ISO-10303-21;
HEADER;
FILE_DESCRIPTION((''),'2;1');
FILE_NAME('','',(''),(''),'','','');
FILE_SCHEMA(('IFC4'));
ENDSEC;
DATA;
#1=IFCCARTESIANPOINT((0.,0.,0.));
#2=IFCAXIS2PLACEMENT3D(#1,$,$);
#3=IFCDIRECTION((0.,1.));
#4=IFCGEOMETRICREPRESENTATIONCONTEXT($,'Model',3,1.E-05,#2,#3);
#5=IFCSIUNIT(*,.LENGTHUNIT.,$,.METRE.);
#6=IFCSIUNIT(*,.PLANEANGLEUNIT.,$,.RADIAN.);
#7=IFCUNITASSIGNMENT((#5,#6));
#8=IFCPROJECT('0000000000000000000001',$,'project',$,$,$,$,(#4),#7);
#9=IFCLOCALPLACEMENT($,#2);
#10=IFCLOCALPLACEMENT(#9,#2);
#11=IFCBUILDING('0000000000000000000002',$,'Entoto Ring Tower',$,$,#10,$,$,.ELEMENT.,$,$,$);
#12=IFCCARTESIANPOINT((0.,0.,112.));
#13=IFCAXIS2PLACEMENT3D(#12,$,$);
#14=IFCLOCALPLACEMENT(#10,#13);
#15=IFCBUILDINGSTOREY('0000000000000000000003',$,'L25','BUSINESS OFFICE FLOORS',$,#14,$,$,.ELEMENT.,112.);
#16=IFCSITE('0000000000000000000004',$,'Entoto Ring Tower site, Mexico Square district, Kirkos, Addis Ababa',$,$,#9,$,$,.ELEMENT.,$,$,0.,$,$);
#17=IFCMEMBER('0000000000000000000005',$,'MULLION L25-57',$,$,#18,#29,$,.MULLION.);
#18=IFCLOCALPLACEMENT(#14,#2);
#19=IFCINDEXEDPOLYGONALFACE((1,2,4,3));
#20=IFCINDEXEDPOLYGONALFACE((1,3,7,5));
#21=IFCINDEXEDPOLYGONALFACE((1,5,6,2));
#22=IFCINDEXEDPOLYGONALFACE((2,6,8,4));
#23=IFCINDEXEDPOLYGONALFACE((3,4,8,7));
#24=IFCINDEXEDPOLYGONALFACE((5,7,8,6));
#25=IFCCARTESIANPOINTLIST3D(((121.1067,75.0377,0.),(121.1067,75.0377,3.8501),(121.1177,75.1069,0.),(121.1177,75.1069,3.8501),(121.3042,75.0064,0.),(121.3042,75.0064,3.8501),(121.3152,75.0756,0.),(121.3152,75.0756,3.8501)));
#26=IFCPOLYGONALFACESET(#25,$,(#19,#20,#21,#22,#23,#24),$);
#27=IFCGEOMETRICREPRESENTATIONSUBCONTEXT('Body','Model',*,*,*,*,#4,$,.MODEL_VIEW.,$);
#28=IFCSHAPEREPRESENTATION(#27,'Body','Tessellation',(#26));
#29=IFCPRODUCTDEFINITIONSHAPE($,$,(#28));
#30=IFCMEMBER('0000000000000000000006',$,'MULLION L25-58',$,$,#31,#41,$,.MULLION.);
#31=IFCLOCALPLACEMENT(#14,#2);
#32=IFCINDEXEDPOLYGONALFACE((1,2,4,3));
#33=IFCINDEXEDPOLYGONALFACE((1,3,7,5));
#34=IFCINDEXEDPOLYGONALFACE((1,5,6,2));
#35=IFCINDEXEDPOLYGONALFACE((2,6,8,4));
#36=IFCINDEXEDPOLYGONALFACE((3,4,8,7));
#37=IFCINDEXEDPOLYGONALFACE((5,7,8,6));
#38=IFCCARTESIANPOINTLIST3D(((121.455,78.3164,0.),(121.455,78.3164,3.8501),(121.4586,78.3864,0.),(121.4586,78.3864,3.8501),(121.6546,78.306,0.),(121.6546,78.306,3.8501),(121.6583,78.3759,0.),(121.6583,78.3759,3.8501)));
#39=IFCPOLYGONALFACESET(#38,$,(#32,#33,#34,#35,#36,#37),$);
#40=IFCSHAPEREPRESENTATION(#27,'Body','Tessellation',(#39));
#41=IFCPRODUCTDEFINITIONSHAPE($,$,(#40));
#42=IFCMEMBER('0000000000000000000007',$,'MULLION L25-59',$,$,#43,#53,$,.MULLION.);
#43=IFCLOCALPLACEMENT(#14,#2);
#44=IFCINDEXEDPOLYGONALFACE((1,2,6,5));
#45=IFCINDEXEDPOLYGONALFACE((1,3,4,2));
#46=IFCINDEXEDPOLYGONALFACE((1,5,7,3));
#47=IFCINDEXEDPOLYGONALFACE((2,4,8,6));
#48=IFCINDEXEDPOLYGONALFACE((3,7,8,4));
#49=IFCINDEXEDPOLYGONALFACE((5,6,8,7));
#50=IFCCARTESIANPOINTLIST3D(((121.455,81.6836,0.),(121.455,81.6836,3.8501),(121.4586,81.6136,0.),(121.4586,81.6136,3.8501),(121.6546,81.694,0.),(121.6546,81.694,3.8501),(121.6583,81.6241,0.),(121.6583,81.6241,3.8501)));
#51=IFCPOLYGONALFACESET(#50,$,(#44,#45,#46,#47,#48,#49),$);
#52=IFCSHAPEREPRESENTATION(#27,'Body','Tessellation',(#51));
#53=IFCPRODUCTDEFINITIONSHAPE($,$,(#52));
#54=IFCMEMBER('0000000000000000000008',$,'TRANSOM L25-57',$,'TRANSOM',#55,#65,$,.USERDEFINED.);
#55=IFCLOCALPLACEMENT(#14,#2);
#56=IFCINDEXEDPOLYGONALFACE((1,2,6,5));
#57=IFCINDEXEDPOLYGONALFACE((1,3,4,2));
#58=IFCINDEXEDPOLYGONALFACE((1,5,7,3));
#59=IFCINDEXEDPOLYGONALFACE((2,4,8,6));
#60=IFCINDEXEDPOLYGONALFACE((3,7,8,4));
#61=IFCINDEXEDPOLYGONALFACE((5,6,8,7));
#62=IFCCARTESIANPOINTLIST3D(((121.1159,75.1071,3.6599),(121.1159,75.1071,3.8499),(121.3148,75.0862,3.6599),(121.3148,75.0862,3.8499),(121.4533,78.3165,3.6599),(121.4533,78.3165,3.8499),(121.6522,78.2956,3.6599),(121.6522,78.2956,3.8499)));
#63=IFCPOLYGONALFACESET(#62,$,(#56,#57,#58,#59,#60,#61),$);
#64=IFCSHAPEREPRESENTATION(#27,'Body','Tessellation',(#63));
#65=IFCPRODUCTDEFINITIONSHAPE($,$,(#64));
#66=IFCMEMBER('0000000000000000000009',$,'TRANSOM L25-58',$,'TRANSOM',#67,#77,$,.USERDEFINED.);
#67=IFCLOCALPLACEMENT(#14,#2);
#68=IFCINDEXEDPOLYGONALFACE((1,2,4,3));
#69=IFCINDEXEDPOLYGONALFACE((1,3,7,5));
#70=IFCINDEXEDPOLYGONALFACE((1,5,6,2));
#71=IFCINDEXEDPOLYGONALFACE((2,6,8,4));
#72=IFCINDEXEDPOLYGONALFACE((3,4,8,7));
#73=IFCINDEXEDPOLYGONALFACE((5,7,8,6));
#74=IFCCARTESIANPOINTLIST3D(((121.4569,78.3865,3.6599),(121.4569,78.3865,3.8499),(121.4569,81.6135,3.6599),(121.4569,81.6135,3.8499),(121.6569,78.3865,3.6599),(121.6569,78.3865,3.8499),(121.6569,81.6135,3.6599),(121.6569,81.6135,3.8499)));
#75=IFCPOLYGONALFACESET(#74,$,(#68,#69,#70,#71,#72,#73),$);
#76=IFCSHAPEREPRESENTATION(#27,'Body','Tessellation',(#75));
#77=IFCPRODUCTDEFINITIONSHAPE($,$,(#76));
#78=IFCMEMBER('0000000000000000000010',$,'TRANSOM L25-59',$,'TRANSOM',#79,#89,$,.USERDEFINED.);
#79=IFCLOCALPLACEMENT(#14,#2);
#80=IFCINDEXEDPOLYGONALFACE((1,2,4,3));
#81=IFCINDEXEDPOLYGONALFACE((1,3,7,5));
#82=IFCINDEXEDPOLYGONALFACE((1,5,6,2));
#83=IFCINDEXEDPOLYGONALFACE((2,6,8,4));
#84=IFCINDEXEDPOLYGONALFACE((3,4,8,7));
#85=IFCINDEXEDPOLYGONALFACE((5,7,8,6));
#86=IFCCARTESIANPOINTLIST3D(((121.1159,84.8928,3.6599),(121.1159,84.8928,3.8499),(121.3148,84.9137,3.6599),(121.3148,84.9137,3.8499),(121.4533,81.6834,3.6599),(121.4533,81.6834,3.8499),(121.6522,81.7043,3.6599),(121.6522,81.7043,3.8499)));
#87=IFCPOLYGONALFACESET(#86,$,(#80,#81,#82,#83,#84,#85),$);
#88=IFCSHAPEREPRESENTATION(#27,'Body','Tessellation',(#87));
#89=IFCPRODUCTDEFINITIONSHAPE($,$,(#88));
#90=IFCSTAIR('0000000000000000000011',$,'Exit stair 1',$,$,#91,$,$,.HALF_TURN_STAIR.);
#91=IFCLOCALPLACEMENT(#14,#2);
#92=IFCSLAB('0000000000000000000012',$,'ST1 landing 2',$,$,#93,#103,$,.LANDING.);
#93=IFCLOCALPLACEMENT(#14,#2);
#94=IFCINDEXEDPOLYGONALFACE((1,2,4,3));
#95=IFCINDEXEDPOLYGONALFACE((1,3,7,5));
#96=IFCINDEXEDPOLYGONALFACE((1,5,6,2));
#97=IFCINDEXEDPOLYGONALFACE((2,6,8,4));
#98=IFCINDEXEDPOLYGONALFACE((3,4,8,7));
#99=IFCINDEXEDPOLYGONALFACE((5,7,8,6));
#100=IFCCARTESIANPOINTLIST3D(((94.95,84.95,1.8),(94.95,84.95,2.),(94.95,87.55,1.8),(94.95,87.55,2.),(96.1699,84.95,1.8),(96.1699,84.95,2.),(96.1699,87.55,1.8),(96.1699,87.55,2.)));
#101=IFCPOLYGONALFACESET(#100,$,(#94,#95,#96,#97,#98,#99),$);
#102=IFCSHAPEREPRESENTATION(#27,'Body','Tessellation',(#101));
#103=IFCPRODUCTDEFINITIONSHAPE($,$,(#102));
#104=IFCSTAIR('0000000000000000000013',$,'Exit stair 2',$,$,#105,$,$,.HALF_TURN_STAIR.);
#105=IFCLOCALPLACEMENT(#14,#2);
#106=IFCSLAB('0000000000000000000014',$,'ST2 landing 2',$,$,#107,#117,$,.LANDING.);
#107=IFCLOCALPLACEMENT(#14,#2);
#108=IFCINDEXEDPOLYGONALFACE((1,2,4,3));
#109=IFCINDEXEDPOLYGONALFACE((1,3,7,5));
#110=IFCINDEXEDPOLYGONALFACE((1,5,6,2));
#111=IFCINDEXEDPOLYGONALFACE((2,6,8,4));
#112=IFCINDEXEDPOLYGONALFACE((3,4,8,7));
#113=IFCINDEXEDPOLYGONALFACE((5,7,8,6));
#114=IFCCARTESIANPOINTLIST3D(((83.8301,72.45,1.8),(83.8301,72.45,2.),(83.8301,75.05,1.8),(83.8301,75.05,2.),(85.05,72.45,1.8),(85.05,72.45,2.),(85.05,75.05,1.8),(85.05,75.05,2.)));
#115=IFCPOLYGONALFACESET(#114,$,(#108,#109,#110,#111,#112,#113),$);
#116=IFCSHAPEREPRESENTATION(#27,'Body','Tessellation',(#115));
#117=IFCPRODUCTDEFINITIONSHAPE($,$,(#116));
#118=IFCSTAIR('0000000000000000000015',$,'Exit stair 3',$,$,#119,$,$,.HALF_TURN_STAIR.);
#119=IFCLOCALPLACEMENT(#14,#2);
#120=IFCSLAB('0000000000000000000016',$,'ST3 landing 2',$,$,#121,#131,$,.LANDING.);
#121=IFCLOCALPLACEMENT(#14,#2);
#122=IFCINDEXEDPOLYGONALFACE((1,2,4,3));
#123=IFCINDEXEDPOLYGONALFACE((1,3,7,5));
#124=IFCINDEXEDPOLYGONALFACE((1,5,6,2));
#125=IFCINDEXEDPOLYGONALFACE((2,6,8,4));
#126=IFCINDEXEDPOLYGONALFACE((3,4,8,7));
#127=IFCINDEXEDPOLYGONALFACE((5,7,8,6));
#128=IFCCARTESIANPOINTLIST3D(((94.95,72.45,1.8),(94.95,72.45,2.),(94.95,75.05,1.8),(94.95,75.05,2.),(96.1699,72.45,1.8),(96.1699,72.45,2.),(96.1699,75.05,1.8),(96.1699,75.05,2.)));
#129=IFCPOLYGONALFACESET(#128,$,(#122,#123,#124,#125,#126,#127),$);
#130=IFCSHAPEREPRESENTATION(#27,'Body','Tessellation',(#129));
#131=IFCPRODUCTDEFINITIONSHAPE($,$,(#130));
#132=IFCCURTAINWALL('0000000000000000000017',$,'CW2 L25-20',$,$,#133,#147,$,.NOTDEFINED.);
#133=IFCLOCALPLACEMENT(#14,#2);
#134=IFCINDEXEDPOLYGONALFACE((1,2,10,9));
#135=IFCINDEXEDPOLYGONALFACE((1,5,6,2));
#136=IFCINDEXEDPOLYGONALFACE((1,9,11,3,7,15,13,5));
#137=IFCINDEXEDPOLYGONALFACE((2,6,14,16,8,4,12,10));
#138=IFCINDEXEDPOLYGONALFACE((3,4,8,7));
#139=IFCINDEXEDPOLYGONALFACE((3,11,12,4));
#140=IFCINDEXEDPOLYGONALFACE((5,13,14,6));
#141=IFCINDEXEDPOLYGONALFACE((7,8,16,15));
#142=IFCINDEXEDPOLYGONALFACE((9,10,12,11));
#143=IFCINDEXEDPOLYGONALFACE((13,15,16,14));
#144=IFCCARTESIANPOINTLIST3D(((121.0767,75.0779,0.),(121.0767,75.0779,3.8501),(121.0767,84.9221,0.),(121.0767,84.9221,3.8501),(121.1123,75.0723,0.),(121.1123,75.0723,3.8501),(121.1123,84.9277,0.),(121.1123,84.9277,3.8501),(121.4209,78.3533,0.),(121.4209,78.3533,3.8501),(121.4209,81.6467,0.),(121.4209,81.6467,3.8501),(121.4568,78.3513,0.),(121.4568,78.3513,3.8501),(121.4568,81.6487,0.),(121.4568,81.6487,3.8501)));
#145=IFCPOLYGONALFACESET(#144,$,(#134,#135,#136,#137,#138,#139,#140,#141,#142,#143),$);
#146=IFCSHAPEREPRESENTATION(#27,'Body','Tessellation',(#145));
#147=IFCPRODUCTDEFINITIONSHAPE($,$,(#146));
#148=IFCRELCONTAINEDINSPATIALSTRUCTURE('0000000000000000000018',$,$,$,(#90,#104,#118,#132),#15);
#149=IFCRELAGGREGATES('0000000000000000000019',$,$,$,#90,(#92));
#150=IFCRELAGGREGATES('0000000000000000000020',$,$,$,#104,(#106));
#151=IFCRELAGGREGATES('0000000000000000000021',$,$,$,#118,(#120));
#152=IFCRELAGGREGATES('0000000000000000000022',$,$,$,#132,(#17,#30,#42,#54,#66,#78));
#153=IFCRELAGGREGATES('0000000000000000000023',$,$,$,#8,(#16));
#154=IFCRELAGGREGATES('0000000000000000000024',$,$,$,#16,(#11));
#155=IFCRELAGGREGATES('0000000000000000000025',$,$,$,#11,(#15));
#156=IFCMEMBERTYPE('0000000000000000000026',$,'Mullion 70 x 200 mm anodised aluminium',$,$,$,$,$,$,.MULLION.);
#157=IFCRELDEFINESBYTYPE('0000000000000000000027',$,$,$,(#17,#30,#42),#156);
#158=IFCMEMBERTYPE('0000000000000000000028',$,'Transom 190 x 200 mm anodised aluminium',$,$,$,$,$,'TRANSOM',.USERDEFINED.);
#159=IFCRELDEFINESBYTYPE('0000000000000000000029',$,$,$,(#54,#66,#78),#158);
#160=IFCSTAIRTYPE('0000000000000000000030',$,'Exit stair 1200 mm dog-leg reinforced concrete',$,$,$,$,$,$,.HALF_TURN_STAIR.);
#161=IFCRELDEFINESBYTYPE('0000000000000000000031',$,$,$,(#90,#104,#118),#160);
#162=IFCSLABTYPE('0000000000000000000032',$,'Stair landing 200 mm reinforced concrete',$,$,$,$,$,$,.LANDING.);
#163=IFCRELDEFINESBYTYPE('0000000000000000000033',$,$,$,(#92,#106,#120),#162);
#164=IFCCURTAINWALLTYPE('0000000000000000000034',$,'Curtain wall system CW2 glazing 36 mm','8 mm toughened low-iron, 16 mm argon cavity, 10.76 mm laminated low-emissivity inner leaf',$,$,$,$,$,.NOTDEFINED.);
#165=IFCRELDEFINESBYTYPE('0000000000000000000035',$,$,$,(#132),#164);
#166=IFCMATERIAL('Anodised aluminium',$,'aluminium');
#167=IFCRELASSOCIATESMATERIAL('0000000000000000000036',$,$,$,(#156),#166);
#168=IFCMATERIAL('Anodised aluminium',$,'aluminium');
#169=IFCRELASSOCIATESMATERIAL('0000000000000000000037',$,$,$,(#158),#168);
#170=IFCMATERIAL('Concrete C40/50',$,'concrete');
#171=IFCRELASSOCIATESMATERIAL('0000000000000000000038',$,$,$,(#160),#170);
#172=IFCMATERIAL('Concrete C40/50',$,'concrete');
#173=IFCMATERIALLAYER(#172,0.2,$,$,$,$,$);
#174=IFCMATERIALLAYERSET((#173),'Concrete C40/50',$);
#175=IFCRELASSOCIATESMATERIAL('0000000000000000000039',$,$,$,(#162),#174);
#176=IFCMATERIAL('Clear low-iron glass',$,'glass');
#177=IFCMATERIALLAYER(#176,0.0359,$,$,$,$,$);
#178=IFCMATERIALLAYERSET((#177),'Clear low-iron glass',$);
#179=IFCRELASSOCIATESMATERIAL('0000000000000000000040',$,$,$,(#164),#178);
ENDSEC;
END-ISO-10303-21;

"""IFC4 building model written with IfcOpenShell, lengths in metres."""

from ifc_helpers import new_model, si_unit, direction, frame, origin, origin_2d, place, context, subcontext, project, spatial, polyline, rectangle, outline, extrude, material, layer, layer_set, material_profile, profile_set, type_object, element, aggregate, save


model = new_model("IFC4")

# Units and contexts
model_context = context("Model", 3, precision=1e-05, world=origin(), true_north=direction((0.0, 1.0)))
body_context = subcontext(model_context, "Body", "Model", "MODEL_VIEW")
ifc_project = project(units=[si_unit("LENGTHUNIT", "METRE"), si_unit("PLANEANGLEUNIT", "RADIAN")], contexts=[model_context])

# Members
ifc_material_1 = material(Name="Anodised aluminium", Category="aluminium")
ifc_material_profile_1 = material_profile(ifc_material_1, rectangle(XDim=0.0701, YDim=0.2, at=origin_2d()), Name="Mullion 70 x 200 mm anodised aluminium")
ifc_profile_set_1 = profile_set([ifc_material_profile_1], Name="Anodised aluminium")
member_type_1 = type_object("IfcMemberType", Name="Mullion 70 x 200 mm anodised aluminium", PredefinedType="MULLION", material=ifc_profile_set_1)
site_placement = place(None, origin())
building_placement = place(site_placement, origin())
storey_placement = place(building_placement, frame((0.0, 0.0, 112.0)))
member_1_placement = place(storey_placement, frame((121.2109, 75.0566, 0.0), z_axis=(0.0, 0.0, 1.0), x_axis=(0.156434, 0.987688, 0.0)))
member_1 = element("IfcMember", 1, at=member_1_placement, type_object=member_type_1, Name="MULLION L25-57", PredefinedType="MULLION", context=body_context, shape_type="SweptSolid", body=[
    extrude(rectangle(XDim=0.0701, YDim=0.2, at=origin_2d()), origin(), (0.0, 0.0, 1.0), 3.8501),
])
member_2_placement = place(storey_placement, frame((121.5566, 78.3462, 0.0), z_axis=(0.0, 0.0, 1.0), x_axis=(0.052336, 0.99863, 0.0)))
member_2 = element("IfcMember", 2, at=member_2_placement, type_object=member_type_1, Name="MULLION L25-58", PredefinedType="MULLION", context=body_context, shape_type="SweptSolid", body=[
    extrude(rectangle(XDim=0.0701, YDim=0.2, at=origin_2d()), origin(), (0.0, 0.0, 1.0), 3.8501),
])
member_3_placement = place(storey_placement, frame((121.5566, 81.6538, 0.0), z_axis=(0.0, 0.0, 1.0), x_axis=(-0.052336, 0.99863, 0.0)))
member_3 = element("IfcMember", 3, at=member_3_placement, type_object=member_type_1, Name="MULLION L25-59", PredefinedType="MULLION", context=body_context, shape_type="SweptSolid", body=[
    extrude(rectangle(XDim=0.0701, YDim=0.2, at=origin_2d()), origin(), (0.0, 0.0, 1.0), 3.8501),
])
ifc_material_2 = material(Name="Anodised aluminium", Category="aluminium")
ifc_material_profile_2 = material_profile(ifc_material_2, rectangle(XDim=0.2, YDim=0.1899, at=origin_2d()), Name="Transom 190 x 200 mm anodised aluminium")
ifc_profile_set_2 = profile_set([ifc_material_profile_2], Name="Anodised aluminium")
member_type_2 = type_object("IfcMemberType", Name="Transom 190 x 200 mm anodised aluminium", ElementType="TRANSOM", PredefinedType="USERDEFINED", material=ifc_profile_set_2)
member_4_placement = place(storey_placement, frame((121.2153, 75.0967, 3.7549), z_axis=(0.104551, 0.99452, 0.0), x_axis=(-0.99452, 0.104551, 0.0)))
member_4 = element("IfcMember", 4, at=member_4_placement, type_object=member_type_2, Name="TRANSOM L25-57", ObjectType="TRANSOM", PredefinedType="USERDEFINED", context=body_context, shape_type="SweptSolid", body=[
    extrude(rectangle(XDim=0.2, YDim=0.1899, at=origin_2d()), origin(), (0.0, 0.0, 1.0), 3.2271),
])
member_5_placement = place(storey_placement, frame((121.5569, 78.3865, 3.7549), z_axis=(0.0, 1.0, 0.0), x_axis=(-1.0, 0.0, 0.0)))
member_5 = element("IfcMember", 5, at=member_5_placement, type_object=member_type_2, Name="TRANSOM L25-58", ObjectType="TRANSOM", PredefinedType="USERDEFINED", context=body_context, shape_type="SweptSolid", body=[
    extrude(rectangle(XDim=0.2, YDim=0.1899, at=origin_2d()), origin(), (0.0, 0.0, 1.0), 3.2271),
])
member_6_placement = place(storey_placement, frame((121.5527, 81.6938, 3.7549), z_axis=(-0.104551, 0.99452, 0.0), x_axis=(-0.99452, -0.104551, 0.0)))
member_6 = element("IfcMember", 6, at=member_6_placement, type_object=member_type_2, Name="TRANSOM L25-59", ObjectType="TRANSOM", PredefinedType="USERDEFINED", context=body_context, shape_type="SweptSolid", body=[
    extrude(rectangle(XDim=0.2, YDim=0.1899, at=origin_2d()), origin(), (0.0, 0.0, 1.0), 3.2271),
])

# Site, building, storey
site = spatial("IfcSite", under=ifc_project, at=site_placement, Name="Entoto Ring Tower site, Mexico Square district, Kirkos, Addis Ababa", CompositionType="ELEMENT", RefElevation=0.0)
building = spatial("IfcBuilding", under=site, at=building_placement, Name="Entoto Ring Tower", CompositionType="ELEMENT")
storey = spatial("IfcBuildingStorey", under=building, at=storey_placement, Name="L25", Description="BUSINESS OFFICE FLOORS", CompositionType="ELEMENT", Elevation=112.0)

# Stairs, slabs
ifc_material_3 = material(Name="Concrete C40/50", Category="concrete")
stair_type = type_object("IfcStairType", Name="Exit stair 1200 mm dog-leg reinforced concrete", PredefinedType="HALF_TURN_STAIR", material=ifc_material_3)
stair_1_placement = place(storey_placement, origin())
stair_1 = element("IfcStair", 7, at=stair_1_placement, inside=storey, type_object=stair_type, Name="Exit stair 1", PredefinedType="HALF_TURN_STAIR")
ifc_material_4 = material(Name="Concrete C40/50", Category="concrete")
ifc_layer_1 = layer(ifc_material_4, 0.2)
ifc_layer_set_1 = layer_set([ifc_layer_1], Name="Concrete C40/50")
slab_type = type_object("IfcSlabType", Name="Stair landing 200 mm reinforced concrete", PredefinedType="LANDING", material=ifc_layer_set_1)
slab_1_placement = place(storey_placement, frame((0.0, 0.0, 1.8)))
slab_1 = element("IfcSlab", 8, at=slab_1_placement, type_object=slab_type, Name="ST1 landing 2", PredefinedType="LANDING", context=body_context, shape_type="SweptSolid", body=[
    extrude(outline(polyline([(94.95, 84.95), (96.1699, 84.95), (96.1699, 87.55), (94.95, 87.55), (94.95, 84.95)])), origin(), (0.0, 0.0, 1.0), 0.2),
])
aggregate(stair_1, [slab_1])
stair_2_placement = place(storey_placement, origin())
stair_2 = element("IfcStair", 9, at=stair_2_placement, inside=storey, type_object=stair_type, Name="Exit stair 2", PredefinedType="HALF_TURN_STAIR")
slab_2_placement = place(storey_placement, frame((0.0, 0.0, 1.8)))
slab_2 = element("IfcSlab", 10, at=slab_2_placement, type_object=slab_type, Name="ST2 landing 2", PredefinedType="LANDING", context=body_context, shape_type="SweptSolid", body=[
    extrude(outline(polyline([(83.8301, 72.45), (85.05, 72.45), (85.05, 75.05), (83.8301, 75.05), (83.8301, 72.45)])), origin(), (0.0, 0.0, 1.0), 0.2),
])
aggregate(stair_2, [slab_2])
stair_3_placement = place(storey_placement, origin())
stair_3 = element("IfcStair", 11, at=stair_3_placement, inside=storey, type_object=stair_type, Name="Exit stair 3", PredefinedType="HALF_TURN_STAIR")
slab_3_placement = place(storey_placement, frame((0.0, 0.0, 1.8)))
slab_3 = element("IfcSlab", 12, at=slab_3_placement, type_object=slab_type, Name="ST3 landing 2", PredefinedType="LANDING", context=body_context, shape_type="SweptSolid", body=[
    extrude(outline(polyline([(94.95, 72.45), (96.1699, 72.45), (96.1699, 75.05), (94.95, 75.05), (94.95, 72.45)])), origin(), (0.0, 0.0, 1.0), 0.2),
])
aggregate(stair_3, [slab_3])

# Curtain wall
ifc_material_5 = material(Name="Clear low-iron glass", Category="glass")
ifc_layer_2 = layer(ifc_material_5, 0.0359)
ifc_layer_set_2 = layer_set([ifc_layer_2], Name="Clear low-iron glass")
curtain_wall_type = type_object("IfcCurtainWallType", Name="Curtain wall system CW2 glazing 36 mm", Description="8 mm toughened low-iron, 16 mm argon cavity, 10.76 mm laminated low-emissivity inner leaf", PredefinedType="NOTDEFINED", material=ifc_layer_set_2)
curtain_wall_1_placement = place(storey_placement, origin())
curtain_wall_1 = element("IfcCurtainWall", 13, at=curtain_wall_1_placement, inside=storey, type_object=curtain_wall_type, Name="CW2 L25-20", PredefinedType="NOTDEFINED", context=body_context, shape_type="SweptSolid", body=[
    extrude(outline(polyline([(121.1123, 75.0723), (121.4568, 78.3513), (121.4568, 81.6487), (121.1123, 84.9277), (121.0767, 84.9221), (121.4209, 81.6467), (121.4209, 78.3533), (121.0767, 75.0779), (121.1123, 75.0723)])), origin(), (0.0, 0.0, 1.0), 3.8501),
])
aggregate(curtain_wall_1, [member_1, member_2, member_3, member_4, member_5, member_6])

save(model, "model.ifc")
